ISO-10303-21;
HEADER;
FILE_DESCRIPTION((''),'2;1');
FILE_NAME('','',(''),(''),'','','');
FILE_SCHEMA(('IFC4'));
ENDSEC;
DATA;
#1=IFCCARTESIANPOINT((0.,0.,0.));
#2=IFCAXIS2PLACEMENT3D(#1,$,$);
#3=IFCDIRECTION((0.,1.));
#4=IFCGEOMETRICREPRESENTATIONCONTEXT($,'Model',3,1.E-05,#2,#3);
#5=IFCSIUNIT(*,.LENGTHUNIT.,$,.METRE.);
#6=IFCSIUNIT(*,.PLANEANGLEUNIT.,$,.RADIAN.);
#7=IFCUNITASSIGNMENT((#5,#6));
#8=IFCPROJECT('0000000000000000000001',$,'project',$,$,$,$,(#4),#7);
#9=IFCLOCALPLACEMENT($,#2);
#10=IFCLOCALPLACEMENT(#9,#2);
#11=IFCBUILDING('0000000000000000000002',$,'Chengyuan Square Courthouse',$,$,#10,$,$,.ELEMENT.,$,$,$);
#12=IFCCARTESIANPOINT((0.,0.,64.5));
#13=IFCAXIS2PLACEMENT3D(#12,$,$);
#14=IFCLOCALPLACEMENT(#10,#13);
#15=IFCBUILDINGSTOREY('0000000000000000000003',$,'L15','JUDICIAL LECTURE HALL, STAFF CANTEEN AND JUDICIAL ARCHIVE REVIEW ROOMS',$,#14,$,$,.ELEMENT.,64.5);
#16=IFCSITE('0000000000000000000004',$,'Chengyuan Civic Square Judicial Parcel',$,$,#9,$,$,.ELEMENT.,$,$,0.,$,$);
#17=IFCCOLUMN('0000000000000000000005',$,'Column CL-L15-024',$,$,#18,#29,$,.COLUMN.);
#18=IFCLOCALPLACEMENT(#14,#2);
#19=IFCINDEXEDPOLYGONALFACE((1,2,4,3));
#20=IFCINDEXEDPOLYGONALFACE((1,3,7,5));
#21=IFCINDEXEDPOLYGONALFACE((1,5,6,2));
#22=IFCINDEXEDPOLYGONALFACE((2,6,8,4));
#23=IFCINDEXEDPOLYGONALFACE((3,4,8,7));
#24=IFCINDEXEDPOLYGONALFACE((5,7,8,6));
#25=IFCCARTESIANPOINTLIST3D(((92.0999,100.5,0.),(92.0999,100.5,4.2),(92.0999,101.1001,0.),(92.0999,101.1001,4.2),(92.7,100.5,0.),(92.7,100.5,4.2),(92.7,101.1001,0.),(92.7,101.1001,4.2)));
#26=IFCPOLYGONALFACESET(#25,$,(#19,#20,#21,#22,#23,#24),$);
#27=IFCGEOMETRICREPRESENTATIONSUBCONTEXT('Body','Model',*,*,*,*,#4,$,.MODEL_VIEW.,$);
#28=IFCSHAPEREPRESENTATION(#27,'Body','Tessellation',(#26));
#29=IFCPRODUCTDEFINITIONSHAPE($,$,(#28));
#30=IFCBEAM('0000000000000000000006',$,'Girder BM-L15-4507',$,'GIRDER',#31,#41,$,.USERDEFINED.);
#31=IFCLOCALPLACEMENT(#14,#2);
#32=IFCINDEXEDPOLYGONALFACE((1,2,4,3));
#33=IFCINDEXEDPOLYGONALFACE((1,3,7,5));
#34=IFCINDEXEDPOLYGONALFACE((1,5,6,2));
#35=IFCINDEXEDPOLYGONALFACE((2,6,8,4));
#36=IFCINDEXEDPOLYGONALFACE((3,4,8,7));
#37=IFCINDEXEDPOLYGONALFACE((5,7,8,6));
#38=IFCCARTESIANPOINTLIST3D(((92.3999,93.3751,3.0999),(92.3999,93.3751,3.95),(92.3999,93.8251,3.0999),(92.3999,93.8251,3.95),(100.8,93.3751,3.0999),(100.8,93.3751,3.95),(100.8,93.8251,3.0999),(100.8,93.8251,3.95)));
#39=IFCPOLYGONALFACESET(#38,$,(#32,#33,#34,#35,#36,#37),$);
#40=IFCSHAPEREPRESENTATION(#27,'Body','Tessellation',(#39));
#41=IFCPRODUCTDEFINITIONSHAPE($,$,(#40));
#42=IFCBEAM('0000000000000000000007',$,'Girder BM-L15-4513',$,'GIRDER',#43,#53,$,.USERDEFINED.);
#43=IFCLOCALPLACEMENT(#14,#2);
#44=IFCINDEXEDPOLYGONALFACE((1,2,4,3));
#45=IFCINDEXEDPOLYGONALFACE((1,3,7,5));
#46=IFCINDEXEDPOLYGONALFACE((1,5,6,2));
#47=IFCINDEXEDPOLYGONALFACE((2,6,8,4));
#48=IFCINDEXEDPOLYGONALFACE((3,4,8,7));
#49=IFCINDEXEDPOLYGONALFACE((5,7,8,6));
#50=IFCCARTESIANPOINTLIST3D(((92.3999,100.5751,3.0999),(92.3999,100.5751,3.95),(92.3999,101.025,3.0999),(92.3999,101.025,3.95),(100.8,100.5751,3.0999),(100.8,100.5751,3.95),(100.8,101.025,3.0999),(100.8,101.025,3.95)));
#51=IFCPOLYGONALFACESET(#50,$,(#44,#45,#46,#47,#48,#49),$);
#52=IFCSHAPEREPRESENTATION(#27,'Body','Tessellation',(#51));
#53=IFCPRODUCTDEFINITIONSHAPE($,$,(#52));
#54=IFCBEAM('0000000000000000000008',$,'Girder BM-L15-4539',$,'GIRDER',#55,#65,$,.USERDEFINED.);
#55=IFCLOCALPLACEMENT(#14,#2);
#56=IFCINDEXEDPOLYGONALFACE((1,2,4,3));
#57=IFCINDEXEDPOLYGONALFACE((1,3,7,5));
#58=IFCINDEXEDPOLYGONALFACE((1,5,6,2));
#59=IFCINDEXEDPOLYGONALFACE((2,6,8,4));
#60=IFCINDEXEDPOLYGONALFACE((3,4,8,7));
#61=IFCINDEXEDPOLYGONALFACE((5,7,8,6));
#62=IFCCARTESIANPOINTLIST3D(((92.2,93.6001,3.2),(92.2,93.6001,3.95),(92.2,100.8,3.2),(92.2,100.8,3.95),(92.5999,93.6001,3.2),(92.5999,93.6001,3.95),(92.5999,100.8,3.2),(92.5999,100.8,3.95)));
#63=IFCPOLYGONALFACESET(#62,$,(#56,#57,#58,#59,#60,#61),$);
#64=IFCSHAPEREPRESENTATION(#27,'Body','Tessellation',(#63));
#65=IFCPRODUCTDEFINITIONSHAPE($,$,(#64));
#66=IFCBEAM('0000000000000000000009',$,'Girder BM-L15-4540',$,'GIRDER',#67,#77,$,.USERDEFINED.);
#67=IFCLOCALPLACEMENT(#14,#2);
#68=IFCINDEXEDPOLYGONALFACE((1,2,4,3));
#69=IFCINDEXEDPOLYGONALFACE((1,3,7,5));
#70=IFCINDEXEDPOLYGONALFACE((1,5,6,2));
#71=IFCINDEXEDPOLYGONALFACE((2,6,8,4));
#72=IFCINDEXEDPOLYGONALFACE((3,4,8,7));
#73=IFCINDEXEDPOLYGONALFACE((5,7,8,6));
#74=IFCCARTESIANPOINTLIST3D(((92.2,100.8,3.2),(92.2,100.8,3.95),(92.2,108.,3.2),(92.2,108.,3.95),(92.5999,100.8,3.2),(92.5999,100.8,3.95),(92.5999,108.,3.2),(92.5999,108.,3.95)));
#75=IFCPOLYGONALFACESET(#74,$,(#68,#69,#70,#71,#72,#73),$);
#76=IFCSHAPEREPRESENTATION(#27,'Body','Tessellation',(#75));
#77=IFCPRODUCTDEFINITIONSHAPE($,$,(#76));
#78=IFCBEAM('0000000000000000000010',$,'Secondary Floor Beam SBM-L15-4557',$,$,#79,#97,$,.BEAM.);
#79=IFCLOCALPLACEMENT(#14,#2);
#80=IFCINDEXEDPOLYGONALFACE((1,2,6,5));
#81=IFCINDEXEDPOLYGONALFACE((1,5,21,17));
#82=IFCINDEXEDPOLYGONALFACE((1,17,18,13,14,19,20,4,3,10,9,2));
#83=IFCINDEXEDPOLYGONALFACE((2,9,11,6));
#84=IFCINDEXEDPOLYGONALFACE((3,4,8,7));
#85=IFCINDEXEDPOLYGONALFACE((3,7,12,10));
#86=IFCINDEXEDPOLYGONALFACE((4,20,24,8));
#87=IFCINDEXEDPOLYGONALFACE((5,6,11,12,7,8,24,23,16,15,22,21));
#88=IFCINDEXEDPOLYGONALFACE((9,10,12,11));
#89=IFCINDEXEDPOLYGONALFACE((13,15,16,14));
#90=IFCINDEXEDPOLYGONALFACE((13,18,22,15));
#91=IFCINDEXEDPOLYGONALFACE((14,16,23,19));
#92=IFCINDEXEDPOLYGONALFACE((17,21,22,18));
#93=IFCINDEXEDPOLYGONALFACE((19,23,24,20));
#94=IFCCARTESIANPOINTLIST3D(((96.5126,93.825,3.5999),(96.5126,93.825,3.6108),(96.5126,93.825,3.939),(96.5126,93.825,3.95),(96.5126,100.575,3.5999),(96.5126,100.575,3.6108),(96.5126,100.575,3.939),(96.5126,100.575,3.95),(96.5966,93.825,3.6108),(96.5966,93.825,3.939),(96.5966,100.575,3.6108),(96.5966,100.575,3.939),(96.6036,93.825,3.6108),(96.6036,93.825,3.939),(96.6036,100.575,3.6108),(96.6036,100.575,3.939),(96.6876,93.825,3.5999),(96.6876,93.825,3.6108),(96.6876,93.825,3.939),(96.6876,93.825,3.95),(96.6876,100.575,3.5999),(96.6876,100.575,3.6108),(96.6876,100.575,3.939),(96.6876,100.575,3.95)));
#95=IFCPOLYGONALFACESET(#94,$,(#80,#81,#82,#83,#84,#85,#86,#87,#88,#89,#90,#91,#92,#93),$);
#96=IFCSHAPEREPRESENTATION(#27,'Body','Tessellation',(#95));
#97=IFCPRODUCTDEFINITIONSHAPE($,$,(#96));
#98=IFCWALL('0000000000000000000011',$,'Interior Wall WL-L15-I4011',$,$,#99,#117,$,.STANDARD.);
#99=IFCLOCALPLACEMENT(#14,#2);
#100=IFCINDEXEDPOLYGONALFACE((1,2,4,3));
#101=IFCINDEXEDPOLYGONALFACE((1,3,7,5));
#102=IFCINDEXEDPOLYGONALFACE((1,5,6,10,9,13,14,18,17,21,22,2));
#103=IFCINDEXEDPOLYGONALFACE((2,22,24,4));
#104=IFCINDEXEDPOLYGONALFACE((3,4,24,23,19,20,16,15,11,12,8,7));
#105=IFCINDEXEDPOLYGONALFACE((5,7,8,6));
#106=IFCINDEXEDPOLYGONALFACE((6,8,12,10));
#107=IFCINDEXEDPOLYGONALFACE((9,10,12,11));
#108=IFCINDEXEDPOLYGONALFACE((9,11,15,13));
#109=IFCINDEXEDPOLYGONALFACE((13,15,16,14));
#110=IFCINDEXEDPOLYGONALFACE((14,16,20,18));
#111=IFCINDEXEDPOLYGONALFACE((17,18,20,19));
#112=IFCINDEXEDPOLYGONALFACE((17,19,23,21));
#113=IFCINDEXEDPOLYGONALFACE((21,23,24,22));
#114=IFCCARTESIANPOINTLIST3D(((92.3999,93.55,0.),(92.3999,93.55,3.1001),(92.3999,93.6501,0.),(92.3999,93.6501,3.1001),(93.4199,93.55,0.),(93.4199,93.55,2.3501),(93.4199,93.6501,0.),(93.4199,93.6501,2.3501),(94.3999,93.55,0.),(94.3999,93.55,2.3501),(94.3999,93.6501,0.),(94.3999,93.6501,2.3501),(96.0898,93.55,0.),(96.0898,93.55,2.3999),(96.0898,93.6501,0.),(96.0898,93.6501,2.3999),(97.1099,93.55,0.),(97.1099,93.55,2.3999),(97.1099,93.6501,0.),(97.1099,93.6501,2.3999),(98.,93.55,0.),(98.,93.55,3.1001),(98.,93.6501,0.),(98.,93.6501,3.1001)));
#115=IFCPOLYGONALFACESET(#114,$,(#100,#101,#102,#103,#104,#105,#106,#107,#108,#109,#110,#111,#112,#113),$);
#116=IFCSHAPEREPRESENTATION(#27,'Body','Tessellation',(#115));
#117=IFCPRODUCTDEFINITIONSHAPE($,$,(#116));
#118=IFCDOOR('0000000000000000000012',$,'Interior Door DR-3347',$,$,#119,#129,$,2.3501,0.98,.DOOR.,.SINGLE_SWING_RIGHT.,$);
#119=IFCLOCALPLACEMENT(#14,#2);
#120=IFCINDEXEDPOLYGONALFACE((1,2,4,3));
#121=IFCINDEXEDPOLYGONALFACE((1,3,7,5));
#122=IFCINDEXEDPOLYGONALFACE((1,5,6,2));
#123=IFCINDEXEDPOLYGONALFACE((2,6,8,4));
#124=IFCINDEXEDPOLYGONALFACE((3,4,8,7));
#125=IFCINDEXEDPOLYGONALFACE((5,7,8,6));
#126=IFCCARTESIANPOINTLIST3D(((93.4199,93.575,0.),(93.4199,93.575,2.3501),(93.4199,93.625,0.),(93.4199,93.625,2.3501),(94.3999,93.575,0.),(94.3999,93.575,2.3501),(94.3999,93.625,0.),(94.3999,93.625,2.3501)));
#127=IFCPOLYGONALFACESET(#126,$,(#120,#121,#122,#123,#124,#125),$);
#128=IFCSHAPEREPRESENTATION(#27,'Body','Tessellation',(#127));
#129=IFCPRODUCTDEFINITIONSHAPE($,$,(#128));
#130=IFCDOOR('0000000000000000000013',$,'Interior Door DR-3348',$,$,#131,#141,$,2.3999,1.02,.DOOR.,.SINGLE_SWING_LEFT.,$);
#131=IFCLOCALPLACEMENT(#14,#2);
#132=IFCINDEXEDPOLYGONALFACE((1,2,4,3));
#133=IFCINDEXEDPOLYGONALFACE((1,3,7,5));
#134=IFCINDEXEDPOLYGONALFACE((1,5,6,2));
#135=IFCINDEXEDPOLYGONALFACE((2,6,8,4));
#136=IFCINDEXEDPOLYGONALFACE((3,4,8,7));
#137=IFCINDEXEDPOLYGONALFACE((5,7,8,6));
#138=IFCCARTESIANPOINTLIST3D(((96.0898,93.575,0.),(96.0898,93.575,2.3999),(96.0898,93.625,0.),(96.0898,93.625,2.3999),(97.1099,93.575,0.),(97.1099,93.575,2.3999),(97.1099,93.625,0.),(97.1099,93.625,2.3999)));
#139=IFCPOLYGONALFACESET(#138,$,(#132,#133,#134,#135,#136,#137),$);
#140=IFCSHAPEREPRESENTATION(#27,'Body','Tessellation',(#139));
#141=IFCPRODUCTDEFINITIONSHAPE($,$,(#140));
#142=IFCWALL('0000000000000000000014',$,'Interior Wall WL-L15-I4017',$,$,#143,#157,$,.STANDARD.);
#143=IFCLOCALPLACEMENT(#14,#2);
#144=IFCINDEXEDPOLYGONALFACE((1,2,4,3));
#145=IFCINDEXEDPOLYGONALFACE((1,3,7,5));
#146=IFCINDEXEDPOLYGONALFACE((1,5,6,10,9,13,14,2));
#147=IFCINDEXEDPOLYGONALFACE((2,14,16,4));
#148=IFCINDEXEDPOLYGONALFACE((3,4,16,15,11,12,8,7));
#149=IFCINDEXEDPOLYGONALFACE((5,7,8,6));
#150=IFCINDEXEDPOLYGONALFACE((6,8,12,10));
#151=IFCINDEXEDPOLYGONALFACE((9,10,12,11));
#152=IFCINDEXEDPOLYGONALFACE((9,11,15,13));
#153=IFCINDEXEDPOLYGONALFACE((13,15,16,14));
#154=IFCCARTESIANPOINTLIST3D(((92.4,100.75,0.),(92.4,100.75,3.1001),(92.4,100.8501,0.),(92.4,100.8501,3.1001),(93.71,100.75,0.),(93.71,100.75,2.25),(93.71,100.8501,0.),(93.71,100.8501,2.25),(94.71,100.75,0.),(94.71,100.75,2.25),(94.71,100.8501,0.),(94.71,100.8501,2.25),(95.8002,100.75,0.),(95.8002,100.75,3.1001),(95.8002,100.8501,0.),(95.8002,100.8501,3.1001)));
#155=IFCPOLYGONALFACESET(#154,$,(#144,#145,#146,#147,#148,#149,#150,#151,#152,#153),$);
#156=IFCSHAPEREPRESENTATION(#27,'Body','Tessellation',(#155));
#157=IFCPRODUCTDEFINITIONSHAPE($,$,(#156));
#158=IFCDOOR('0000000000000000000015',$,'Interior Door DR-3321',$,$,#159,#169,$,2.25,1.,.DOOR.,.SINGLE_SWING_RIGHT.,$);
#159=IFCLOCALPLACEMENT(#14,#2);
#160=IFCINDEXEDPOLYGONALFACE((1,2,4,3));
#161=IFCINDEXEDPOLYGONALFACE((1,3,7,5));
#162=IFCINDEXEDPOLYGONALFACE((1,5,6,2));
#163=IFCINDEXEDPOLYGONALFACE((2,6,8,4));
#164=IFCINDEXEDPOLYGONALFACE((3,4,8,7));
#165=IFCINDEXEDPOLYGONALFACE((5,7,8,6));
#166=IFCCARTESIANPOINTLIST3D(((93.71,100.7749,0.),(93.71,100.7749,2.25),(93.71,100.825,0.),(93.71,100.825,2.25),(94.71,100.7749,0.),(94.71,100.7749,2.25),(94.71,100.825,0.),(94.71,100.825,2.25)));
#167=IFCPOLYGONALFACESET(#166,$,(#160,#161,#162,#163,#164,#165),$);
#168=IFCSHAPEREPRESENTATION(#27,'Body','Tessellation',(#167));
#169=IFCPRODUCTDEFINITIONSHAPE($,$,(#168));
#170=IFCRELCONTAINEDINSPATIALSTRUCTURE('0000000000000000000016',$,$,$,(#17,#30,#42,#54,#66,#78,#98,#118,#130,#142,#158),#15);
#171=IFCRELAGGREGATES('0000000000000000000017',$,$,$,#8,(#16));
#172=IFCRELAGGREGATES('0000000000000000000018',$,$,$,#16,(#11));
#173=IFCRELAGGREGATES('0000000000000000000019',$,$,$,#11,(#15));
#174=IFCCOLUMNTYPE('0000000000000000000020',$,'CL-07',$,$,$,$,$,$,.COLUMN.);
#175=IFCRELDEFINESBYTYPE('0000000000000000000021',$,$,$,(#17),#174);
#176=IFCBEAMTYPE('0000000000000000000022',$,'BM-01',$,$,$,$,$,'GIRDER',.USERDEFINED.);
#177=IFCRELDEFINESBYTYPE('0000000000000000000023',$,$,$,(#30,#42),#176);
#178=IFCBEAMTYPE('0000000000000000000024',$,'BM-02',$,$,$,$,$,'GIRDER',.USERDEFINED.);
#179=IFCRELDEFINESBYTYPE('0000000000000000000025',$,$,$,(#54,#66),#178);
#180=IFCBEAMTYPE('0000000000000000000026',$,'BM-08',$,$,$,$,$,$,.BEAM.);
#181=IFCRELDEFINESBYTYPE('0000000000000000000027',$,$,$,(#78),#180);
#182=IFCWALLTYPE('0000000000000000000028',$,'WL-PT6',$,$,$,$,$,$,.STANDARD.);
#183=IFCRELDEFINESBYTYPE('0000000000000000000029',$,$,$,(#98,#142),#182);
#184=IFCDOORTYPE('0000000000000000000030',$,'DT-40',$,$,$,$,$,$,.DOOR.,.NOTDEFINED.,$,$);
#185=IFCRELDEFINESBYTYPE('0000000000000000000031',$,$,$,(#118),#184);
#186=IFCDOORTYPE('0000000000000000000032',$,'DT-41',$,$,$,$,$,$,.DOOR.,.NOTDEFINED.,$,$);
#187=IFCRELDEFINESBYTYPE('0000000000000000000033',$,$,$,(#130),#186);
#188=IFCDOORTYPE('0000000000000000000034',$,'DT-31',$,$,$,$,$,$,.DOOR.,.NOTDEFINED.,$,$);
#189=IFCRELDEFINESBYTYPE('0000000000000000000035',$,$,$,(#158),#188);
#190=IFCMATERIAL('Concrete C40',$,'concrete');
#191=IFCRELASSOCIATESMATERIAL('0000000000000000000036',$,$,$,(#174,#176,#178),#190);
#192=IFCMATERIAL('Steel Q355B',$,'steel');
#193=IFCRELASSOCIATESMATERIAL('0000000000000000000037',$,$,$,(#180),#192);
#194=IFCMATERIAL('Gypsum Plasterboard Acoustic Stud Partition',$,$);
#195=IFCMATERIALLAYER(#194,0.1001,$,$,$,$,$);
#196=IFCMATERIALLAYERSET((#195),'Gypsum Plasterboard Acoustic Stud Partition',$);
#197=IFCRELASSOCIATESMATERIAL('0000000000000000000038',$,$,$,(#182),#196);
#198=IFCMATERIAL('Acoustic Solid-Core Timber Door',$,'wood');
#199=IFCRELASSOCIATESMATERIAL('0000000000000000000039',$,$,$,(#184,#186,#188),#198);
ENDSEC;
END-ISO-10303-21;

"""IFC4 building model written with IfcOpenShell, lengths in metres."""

from ifc_helpers import new_model, si_unit, direction, frame, frame_2d, origin, origin_2d, place, context, subcontext, project, spatial, rectangle, i_section, extrude, material, layer, layer_set, material_profile, profile_set, type_object, element, fill, save


model = new_model("IFC4")

# Units and contexts
model_context = context("Model", 3, precision=1e-05, world=origin(), true_north=direction((0.0, 1.0)))
body_context = subcontext(model_context, "Body", "Model", "MODEL_VIEW")
ifc_project = project(units=[si_unit("LENGTHUNIT", "METRE"), si_unit("PLANEANGLEUNIT", "RADIAN")], contexts=[model_context])

# Site, building, storey
site_placement = place(None, origin())
site = spatial("IfcSite", under=ifc_project, at=site_placement, Name="Chengyuan Civic Square Judicial Parcel", CompositionType="ELEMENT", RefElevation=0.0)
building_placement = place(site_placement, origin())
building = spatial("IfcBuilding", under=site, at=building_placement, Name="Chengyuan Square Courthouse", CompositionType="ELEMENT")
storey_placement = place(building_placement, frame((0.0, 0.0, 64.5)))
storey = spatial("IfcBuildingStorey", under=building, at=storey_placement, Name="L15", Description="JUDICIAL LECTURE HALL, STAFF CANTEEN AND JUDICIAL ARCHIVE REVIEW ROOMS", CompositionType="ELEMENT", Elevation=64.5)

# Column
ifc_material_1 = material(Name="Concrete C40", Category="concrete")
ifc_material_profile_1 = material_profile(ifc_material_1, rectangle(XDim=0.6001, YDim=0.6001, at=origin_2d()), Name="RC-COL-600x600")
ifc_profile_set_1 = profile_set([ifc_material_profile_1], Name="Concrete C40")
column_type = type_object("IfcColumnType", Name="CL-07", PredefinedType="COLUMN", material=ifc_profile_set_1)
column_placement = place(storey_placement, frame((92.3999, 100.8, 0.0), z_axis=(0.0, 0.0, 1.0), x_axis=(1.0, 0.0, 0.0)))
element("IfcColumn", 1, at=column_placement, inside=storey, type_object=column_type, Name="Column CL-L15-024", PredefinedType="COLUMN", context=body_context, shape_type="SweptSolid", body=[
    extrude(rectangle(XDim=0.6001, YDim=0.6001, at=origin_2d()), origin(), (0.0, 0.0, 1.0), 4.2),
])

# Beams
ifc_material_profile_2 = material_profile(ifc_material_1, rectangle(XDim=0.45, YDim=0.8501, at=origin_2d()), Name="RC-BM-450x850")
ifc_profile_set_2 = profile_set([ifc_material_profile_2], Name="Concrete C40")
beam_type_1 = type_object("IfcBeamType", Name="BM-01", ElementType="GIRDER", PredefinedType="USERDEFINED", material=ifc_profile_set_2)
for number, where, z_axis, x_axis, name in (
    (2, (92.3999, 93.6001, 3.5249), (1.0, 0.0, 0.0), (0.0, 1.0, 0.0), "Girder BM-L15-4507"),
    (3, (92.3999, 100.8, 3.5249), (1.0, 0.0, 0.0), (0.0, 1.0, 0.0), "Girder BM-L15-4513"),
):
    element("IfcBeam", number, at=place(storey_placement, frame(where, z_axis=z_axis, x_axis=x_axis)), inside=storey, type_object=beam_type_1, Name=name, ObjectType="GIRDER", PredefinedType="USERDEFINED", context=body_context, shape_type="SweptSolid", body=[
        extrude(rectangle(XDim=0.45, YDim=0.8501, at=origin_2d()), origin(), (0.0, 0.0, 1.0), 8.4001),
    ])
ifc_material_profile_3 = material_profile(ifc_material_1, rectangle(XDim=0.3999, YDim=0.75, at=origin_2d()), Name="RC-BM-400x750")
ifc_profile_set_3 = profile_set([ifc_material_profile_3], Name="Concrete C40")
beam_type_2 = type_object("IfcBeamType", Name="BM-02", ElementType="GIRDER", PredefinedType="USERDEFINED", material=ifc_profile_set_3)
for number, where, z_axis, x_axis, name in (
    (4, (92.3999, 93.6001, 3.575), (0.0, 1.0, 0.0), (-1.0, 0.0, 0.0), "Girder BM-L15-4539"),
    (5, (92.3999, 100.8, 3.575), (0.0, 1.0, 0.0), (-1.0, 0.0, 0.0), "Girder BM-L15-4540"),
):
    element("IfcBeam", number, at=place(storey_placement, frame(where, z_axis=z_axis, x_axis=x_axis)), inside=storey, type_object=beam_type_2, Name=name, ObjectType="GIRDER", PredefinedType="USERDEFINED", context=body_context, shape_type="SweptSolid", body=[
        extrude(rectangle(XDim=0.3999, YDim=0.75, at=origin_2d()), origin(), (0.0, 0.0, 1.0), 7.2),
    ])
ifc_material_2 = material(Name="Steel Q355B", Category="steel")
ifc_material_profile_4 = material_profile(ifc_material_2, i_section(OverallWidth=0.175, OverallDepth=0.3501, WebThickness=0.0071, FlangeThickness=0.011, at=origin_2d()), Name="HN 350x175x7x11")
ifc_profile_set_4 = profile_set([ifc_material_profile_4], Name="Steel Q355B")
beam_type_3 = type_object("IfcBeamType", Name="BM-08", PredefinedType="BEAM", material=ifc_profile_set_4)
beam_placement = place(storey_placement, frame((96.6001, 93.825, 3.7749), z_axis=(0.0, 1.0, 0.0), x_axis=(-1.0, 0.0, 0.0)))
element("IfcBeam", 6, at=beam_placement, inside=storey, type_object=beam_type_3, Name="Secondary Floor Beam SBM-L15-4557", PredefinedType="BEAM", context=body_context, shape_type="SweptSolid", body=[
    extrude(i_section(OverallWidth=0.175, OverallDepth=0.3501, WebThickness=0.0071, FlangeThickness=0.011, at=origin_2d()), origin(), (0.0, 0.0, 1.0), 6.75),
])

# Wall, openings, doors
ifc_material_3 = material(Name="Gypsum Plasterboard Acoustic Stud Partition")
ifc_layer_1 = layer(ifc_material_3, 0.1001)
ifc_layer_set_1 = layer_set([ifc_layer_1], Name="Gypsum Plasterboard Acoustic Stud Partition")
wall_type_1 = type_object("IfcWallType", Name="WL-PT6", PredefinedType="STANDARD", material=ifc_layer_set_1)
wall_1_placement = place(storey_placement, frame((92.3999, 93.6001, 0.0), z_axis=(0.0, 0.0, 1.0), x_axis=(1.0, 0.0, 0.0)))
wall_1 = element("IfcWall", 7, at=wall_1_placement, inside=storey, type_object=wall_type_1, Name="Interior Wall WL-L15-I4011", PredefinedType="STANDARD", context=body_context, shape_type="SweptSolid", body=[
    extrude(rectangle(XDim=5.6001, YDim=0.1001, at=frame_2d((2.8, 0.0))), origin(), (0.0, 0.0, 1.0), 3.1001),
])
opening_1_placement = place(wall_1_placement, frame((1.02, 0.0, 0.0)))
opening_1 = element("IfcOpeningElement", 8, at=opening_1_placement, cuts=wall_1, PredefinedType="OPENING", context=body_context, shape_type="SweptSolid", body=[
    extrude(rectangle(XDim=0.98, YDim=2.3501, at=frame_2d((0.49, 1.175))), frame((0.0, 0.062, 0.0), z_axis=(0.0, -1.0, 0.0), x_axis=(1.0, 0.0, 0.0)), (0.0, 0.0, 1.0), 0.124),
])
opening_2_placement = place(wall_1_placement, frame((3.6899, 0.0, 0.0)))
opening_2 = element("IfcOpeningElement", 9, at=opening_2_placement, cuts=wall_1, PredefinedType="OPENING", context=body_context, shape_type="SweptSolid", body=[
    extrude(rectangle(XDim=1.02, YDim=2.3999, at=frame_2d((0.51, 1.2))), frame((0.0, 0.062, 0.0), z_axis=(0.0, -1.0, 0.0), x_axis=(1.0, 0.0, 0.0)), (0.0, 0.0, 1.0), 0.124),
])
ifc_material_4 = material(Name="Acoustic Solid-Core Timber Door", Category="wood")
door_type_1 = type_object("IfcDoorType", Name="DT-40", OperationType="NOTDEFINED", PredefinedType="DOOR", material=ifc_material_4)
door_1_placement = place(opening_1_placement, origin())
door_1 = element("IfcDoor", 10, at=door_1_placement, inside=storey, type_object=door_type_1, Name="Interior Door DR-3347", OperationType="SINGLE_SWING_RIGHT", OverallHeight=2.3501, OverallWidth=0.98, PredefinedType="DOOR", context=body_context, shape_type="SweptSolid", body=[
    extrude(rectangle(XDim=0.98, YDim=2.3501, at=frame_2d((0.49, 1.175))), frame((0.0, 0.0249, 0.0), z_axis=(0.0, -1.0, 0.0), x_axis=(1.0, 0.0, 0.0)), (0.0, 0.0, 1.0), 0.05),
])
fill(opening_1, door_1)
door_type_2 = type_object("IfcDoorType", Name="DT-41", OperationType="NOTDEFINED", PredefinedType="DOOR", material=ifc_material_4)
door_2_placement = place(opening_2_placement, origin())
door_2 = element("IfcDoor", 11, at=door_2_placement, inside=storey, type_object=door_type_2, Name="Interior Door DR-3348", OperationType="SINGLE_SWING_LEFT", OverallHeight=2.3999, OverallWidth=1.02, PredefinedType="DOOR", context=body_context, shape_type="SweptSolid", body=[
    extrude(rectangle(XDim=1.02, YDim=2.3999, at=frame_2d((0.51, 1.2))), frame((0.0, 0.0249, 0.0), z_axis=(0.0, -1.0, 0.0), x_axis=(1.0, 0.0, 0.0)), (0.0, 0.0, 1.0), 0.05),
])
fill(opening_2, door_2)

# Wall, opening, door
wall_2_placement = place(storey_placement, frame((92.3999, 100.8, 0.0), z_axis=(0.0, 0.0, 1.0), x_axis=(1.0, 0.0, 0.0)))
wall_2 = element("IfcWall", 12, at=wall_2_placement, inside=storey, type_object=wall_type_1, Name="Interior Wall WL-L15-I4017", PredefinedType="STANDARD", context=body_context, shape_type="SweptSolid", body=[
    extrude(rectangle(XDim=3.4001, YDim=0.1001, at=frame_2d((1.7002, 0.0))), origin(), (0.0, 0.0, 1.0), 3.1001),
])
opening_3_placement = place(wall_2_placement, frame((1.3101, 0.0, 0.0)))
opening_3 = element("IfcOpeningElement", 13, at=opening_3_placement, cuts=wall_2, PredefinedType="OPENING", context=body_context, shape_type="SweptSolid", body=[
    extrude(rectangle(XDim=1.0, YDim=2.25, at=frame_2d((0.5, 1.125))), frame((0.0, 0.062, 0.0), z_axis=(0.0, -1.0, 0.0), x_axis=(1.0, 0.0, 0.0)), (0.0, 0.0, 1.0), 0.124),
])
door_type_3 = type_object("IfcDoorType", Name="DT-31", OperationType="NOTDEFINED", PredefinedType="DOOR", material=ifc_material_4)
door_3_placement = place(opening_3_placement, origin())
door_3 = element("IfcDoor", 14, at=door_3_placement, inside=storey, type_object=door_type_3, Name="Interior Door DR-3321", OperationType="SINGLE_SWING_RIGHT", OverallHeight=2.25, OverallWidth=1.0, PredefinedType="DOOR", context=body_context, shape_type="SweptSolid", body=[
    extrude(rectangle(XDim=1.0, YDim=2.25, at=frame_2d((0.5, 1.125))), frame((0.0, 0.0249, 0.0), z_axis=(0.0, -1.0, 0.0), x_axis=(1.0, 0.0, 0.0)), (0.0, 0.0, 1.0), 0.05),
])
fill(opening_3, door_3)

save(model, "model.ifc")
